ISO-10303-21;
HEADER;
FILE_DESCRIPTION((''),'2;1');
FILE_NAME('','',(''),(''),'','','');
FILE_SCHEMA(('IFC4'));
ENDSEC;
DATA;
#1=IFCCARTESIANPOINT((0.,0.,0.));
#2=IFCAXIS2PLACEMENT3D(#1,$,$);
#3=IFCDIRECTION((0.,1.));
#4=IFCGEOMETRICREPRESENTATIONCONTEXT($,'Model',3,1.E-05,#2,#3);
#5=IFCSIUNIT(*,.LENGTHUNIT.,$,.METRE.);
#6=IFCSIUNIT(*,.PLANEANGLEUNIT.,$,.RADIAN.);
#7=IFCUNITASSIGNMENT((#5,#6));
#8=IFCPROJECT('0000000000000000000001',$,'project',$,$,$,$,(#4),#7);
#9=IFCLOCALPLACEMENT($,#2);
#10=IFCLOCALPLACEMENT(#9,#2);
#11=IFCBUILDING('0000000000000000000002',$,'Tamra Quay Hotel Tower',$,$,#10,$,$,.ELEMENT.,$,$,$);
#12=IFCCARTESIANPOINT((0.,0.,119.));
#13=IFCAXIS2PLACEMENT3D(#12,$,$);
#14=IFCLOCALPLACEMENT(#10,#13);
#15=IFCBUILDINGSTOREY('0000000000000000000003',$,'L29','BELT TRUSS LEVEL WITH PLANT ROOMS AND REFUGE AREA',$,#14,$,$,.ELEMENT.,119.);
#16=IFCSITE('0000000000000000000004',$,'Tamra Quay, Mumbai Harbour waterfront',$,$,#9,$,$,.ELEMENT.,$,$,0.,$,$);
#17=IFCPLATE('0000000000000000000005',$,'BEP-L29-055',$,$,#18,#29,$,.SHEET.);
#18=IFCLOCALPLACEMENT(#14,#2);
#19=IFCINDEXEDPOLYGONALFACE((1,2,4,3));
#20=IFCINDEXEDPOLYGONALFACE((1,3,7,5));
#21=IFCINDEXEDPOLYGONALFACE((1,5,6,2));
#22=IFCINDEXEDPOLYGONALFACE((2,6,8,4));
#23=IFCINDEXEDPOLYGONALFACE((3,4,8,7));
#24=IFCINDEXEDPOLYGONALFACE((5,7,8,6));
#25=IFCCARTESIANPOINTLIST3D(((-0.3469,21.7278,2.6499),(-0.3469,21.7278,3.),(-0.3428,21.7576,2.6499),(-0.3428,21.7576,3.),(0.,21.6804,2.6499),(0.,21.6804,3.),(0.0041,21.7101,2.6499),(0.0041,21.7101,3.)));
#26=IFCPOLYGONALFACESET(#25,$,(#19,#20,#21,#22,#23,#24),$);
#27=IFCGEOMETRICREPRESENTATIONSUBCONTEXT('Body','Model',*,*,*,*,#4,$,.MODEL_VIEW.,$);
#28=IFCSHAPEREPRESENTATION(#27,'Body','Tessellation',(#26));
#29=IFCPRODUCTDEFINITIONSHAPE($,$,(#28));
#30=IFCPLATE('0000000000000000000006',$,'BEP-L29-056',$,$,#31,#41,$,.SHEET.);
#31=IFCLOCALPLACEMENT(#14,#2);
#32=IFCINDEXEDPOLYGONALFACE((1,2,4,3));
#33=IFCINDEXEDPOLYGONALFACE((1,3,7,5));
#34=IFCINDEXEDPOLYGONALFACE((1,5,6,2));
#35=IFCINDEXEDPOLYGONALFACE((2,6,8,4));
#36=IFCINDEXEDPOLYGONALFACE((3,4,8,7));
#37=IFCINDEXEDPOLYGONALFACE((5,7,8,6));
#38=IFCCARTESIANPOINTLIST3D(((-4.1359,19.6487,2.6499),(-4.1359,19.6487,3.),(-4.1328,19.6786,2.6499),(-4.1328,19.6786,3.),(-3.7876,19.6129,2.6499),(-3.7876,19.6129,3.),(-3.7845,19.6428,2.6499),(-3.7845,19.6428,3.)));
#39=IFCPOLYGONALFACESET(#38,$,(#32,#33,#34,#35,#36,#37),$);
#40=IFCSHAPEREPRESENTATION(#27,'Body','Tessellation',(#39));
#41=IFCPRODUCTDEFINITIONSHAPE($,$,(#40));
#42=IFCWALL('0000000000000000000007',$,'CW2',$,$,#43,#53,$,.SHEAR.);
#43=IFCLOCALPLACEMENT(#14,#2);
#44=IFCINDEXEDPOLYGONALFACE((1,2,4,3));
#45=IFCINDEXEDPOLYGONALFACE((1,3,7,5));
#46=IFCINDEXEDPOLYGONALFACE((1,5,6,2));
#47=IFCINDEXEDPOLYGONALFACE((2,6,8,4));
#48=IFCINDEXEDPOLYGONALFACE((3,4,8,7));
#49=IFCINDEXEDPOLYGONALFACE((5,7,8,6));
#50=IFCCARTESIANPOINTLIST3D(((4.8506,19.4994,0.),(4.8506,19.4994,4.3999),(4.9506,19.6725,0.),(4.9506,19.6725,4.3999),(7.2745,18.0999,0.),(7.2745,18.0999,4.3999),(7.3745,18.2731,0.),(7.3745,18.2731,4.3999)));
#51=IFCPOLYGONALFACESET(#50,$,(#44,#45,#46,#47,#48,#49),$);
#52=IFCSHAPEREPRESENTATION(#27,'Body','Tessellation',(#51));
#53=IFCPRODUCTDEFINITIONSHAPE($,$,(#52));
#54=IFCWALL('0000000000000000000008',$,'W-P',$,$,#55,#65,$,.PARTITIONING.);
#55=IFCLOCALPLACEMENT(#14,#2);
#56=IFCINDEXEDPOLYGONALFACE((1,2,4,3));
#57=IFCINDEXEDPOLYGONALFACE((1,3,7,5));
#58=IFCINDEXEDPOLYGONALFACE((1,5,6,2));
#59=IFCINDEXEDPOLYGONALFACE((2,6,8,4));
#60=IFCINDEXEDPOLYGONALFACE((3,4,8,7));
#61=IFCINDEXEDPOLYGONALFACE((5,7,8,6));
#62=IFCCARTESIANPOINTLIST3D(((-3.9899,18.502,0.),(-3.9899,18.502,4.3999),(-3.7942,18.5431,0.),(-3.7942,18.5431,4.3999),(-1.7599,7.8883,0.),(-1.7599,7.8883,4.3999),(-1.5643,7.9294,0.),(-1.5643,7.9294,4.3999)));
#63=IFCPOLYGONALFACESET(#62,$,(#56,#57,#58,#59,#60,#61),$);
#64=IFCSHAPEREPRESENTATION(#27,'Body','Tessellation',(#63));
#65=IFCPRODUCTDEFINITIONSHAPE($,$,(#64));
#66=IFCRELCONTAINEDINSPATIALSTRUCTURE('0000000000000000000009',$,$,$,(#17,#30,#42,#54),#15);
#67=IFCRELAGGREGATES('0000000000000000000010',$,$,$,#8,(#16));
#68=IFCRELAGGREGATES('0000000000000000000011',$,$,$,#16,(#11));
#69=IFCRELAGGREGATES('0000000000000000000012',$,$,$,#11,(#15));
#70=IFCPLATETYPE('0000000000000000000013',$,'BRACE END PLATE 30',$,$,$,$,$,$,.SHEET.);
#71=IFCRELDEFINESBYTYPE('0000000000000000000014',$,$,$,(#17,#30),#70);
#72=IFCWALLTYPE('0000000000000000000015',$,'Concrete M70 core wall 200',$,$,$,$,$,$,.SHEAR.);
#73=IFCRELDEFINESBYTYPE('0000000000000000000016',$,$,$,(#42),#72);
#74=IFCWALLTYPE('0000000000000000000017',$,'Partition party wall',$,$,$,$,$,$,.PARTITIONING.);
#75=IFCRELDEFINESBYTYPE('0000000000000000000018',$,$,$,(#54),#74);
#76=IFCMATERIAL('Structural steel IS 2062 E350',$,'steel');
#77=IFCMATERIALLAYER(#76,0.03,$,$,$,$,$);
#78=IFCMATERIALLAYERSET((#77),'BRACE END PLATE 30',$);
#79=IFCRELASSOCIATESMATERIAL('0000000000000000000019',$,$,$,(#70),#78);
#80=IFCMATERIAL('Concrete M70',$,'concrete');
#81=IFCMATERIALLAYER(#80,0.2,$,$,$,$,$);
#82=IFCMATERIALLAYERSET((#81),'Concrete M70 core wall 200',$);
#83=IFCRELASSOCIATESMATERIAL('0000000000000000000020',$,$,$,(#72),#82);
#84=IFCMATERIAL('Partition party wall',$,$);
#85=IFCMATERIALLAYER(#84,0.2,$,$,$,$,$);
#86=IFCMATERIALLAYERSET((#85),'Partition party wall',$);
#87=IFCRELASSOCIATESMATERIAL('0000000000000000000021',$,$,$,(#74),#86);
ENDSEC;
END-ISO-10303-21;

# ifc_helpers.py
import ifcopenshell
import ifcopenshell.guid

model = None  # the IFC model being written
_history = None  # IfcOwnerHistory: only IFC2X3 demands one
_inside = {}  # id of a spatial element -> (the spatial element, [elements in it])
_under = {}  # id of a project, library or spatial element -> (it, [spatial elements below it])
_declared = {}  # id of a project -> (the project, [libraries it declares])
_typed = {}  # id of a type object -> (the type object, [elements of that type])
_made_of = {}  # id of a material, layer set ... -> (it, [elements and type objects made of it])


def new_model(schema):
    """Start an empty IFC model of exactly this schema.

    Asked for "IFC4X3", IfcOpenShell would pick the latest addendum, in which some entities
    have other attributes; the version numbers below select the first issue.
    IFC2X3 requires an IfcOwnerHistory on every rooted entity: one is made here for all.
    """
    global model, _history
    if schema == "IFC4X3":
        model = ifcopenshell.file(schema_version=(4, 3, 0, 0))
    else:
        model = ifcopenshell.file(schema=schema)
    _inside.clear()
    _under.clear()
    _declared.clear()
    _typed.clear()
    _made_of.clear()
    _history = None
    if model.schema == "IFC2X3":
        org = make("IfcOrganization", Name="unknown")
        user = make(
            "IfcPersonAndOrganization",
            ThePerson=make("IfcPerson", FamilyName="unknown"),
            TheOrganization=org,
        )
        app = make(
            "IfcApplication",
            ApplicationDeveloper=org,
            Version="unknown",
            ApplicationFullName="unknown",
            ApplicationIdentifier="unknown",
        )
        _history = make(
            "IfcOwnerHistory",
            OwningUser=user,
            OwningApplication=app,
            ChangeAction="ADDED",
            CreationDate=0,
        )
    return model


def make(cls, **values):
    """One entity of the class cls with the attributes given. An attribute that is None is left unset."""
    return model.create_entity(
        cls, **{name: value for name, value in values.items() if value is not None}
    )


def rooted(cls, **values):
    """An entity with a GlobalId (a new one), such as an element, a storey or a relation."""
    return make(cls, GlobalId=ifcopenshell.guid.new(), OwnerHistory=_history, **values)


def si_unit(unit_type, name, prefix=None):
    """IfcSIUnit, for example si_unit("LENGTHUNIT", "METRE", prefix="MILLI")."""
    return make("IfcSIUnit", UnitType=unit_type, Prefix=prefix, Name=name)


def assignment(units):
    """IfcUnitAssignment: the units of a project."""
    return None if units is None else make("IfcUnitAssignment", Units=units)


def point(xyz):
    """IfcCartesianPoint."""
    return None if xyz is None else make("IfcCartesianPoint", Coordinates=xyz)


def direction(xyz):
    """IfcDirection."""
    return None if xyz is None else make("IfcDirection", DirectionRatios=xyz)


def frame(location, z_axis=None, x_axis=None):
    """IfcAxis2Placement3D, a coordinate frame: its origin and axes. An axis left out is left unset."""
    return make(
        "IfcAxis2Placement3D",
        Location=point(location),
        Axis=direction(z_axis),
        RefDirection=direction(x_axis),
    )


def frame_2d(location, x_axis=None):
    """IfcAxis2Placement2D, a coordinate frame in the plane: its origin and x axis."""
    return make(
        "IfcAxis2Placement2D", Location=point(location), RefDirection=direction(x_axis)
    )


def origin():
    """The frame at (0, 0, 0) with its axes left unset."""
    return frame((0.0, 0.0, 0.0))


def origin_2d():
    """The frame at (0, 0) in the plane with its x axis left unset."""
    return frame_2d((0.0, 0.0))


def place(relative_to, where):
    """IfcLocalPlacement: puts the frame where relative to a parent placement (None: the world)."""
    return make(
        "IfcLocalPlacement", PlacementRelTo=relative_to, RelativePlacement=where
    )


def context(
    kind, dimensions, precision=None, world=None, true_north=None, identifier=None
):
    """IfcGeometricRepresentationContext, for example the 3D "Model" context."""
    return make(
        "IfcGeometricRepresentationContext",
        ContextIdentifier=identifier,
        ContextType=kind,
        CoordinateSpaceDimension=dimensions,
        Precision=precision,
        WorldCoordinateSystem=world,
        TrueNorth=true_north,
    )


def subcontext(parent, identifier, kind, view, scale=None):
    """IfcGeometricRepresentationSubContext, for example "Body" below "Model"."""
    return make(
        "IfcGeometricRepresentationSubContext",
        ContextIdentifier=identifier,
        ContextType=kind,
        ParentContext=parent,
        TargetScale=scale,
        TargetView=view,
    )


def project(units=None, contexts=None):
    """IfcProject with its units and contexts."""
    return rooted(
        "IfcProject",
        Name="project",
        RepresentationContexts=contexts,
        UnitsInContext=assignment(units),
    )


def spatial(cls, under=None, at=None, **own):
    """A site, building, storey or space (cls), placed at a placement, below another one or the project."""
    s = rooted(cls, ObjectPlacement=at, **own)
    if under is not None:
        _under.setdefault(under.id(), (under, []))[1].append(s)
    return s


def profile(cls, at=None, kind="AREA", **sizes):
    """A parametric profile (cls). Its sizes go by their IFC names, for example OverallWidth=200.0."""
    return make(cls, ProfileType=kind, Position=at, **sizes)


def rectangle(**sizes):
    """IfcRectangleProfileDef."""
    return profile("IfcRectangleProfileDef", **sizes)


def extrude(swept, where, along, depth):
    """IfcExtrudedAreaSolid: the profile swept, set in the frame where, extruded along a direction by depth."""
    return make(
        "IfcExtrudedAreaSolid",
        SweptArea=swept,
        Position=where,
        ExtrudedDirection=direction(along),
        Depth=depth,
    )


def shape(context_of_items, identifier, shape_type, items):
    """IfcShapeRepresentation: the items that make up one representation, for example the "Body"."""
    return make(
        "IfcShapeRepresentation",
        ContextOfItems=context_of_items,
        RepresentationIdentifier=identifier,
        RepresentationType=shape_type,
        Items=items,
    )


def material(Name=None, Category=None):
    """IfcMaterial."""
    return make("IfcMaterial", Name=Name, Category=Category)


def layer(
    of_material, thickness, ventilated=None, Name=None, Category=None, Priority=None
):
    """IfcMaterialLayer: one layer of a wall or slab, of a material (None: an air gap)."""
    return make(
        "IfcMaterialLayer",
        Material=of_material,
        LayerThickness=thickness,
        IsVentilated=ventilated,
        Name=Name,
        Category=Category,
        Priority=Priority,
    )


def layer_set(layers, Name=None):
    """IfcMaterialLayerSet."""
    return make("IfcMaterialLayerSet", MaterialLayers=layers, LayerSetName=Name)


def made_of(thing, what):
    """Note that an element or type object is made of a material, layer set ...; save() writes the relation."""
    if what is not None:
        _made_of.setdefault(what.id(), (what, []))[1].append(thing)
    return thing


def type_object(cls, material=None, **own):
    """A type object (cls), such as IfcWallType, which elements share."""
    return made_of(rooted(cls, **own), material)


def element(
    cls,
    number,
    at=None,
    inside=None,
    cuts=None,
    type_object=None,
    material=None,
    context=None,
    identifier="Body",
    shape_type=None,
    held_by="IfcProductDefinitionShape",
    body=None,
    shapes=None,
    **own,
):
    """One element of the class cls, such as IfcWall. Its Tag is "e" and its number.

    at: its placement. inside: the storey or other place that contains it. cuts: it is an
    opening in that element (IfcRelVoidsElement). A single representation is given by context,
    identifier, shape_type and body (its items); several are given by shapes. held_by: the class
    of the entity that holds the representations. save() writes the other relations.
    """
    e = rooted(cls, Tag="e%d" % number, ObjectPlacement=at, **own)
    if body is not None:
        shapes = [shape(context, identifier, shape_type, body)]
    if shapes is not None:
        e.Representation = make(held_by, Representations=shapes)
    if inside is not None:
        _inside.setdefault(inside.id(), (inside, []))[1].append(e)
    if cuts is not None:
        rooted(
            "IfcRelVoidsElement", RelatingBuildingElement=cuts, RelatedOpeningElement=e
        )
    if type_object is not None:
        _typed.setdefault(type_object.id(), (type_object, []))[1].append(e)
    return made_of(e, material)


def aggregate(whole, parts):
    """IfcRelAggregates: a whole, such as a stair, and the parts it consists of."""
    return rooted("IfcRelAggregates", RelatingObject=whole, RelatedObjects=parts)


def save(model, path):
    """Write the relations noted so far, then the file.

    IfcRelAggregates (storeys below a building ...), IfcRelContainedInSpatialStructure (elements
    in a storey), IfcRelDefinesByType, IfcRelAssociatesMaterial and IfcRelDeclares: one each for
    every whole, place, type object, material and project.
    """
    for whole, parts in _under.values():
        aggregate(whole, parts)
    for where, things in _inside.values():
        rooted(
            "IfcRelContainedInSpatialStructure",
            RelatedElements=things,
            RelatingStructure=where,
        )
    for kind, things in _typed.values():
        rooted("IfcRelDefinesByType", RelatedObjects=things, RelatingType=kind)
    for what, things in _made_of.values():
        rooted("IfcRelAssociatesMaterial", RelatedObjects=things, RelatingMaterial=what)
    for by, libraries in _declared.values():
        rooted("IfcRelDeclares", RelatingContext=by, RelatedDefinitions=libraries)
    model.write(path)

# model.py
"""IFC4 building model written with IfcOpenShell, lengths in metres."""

from ifc_helpers import new_model, si_unit, direction, frame, frame_2d, origin, origin_2d, place, context, subcontext, project, spatial, rectangle, extrude, material, layer, layer_set, type_object, element, save


model = new_model("IFC4")

# Units and contexts
model_context = context("Model", 3, precision=1e-05, world=origin(), true_north=direction((0.0, 1.0)))
body_context = subcontext(model_context, "Body", "Model", "MODEL_VIEW")
ifc_project = project(units=[si_unit("LENGTHUNIT", "METRE"), si_unit("PLANEANGLEUNIT", "RADIAN")], contexts=[model_context])

# Site, building, storey
site_placement = place(None, origin())
site = spatial("IfcSite", under=ifc_project, at=site_placement, Name="Tamra Quay, Mumbai Harbour waterfront", CompositionType="ELEMENT", RefElevation=0.0)
building_placement = place(site_placement, origin())
building = spatial("IfcBuilding", under=site, at=building_placement, Name="Tamra Quay Hotel Tower", CompositionType="ELEMENT")
storey_placement = place(building_placement, frame((0.0, 0.0, 119.0)))
storey = spatial("IfcBuildingStorey", under=building, at=storey_placement, Name="L29", Description="BELT TRUSS LEVEL WITH PLANT ROOMS AND REFUGE AREA", CompositionType="ELEMENT", Elevation=119.0)

# Shared definitions
ifc_material_1 = material(Name="Structural steel IS 2062 E350", Category="steel")

# Plates
ifc_layer_1 = layer(ifc_material_1, 0.03)
ifc_layer_set_1 = layer_set([ifc_layer_1], Name="BRACE END PLATE 30")
plate_type = type_object("IfcPlateType", Name="BRACE END PLATE 30", PredefinedType="SHEET", material=ifc_layer_set_1)
for number, where, z_axis, x_axis, name in (
    (1, (-0.1714, 21.719, 2.6499), (0.0, 0.0, 1.0), (0.135551, 0.99077, 0.0), "BEP-L29-055"),
    (2, (-3.9602, 19.6458, 2.6499), (0.0, 0.0, 1.0), (0.102138, 0.99477, 0.0), "BEP-L29-056"),
):
    element("IfcPlate", number, at=place(storey_placement, frame(where, z_axis=z_axis, x_axis=x_axis)), inside=storey, type_object=plate_type, Name=name, PredefinedType="SHEET", context=body_context, shape_type="SweptSolid", body=[
        extrude(rectangle(XDim=0.03, YDim=0.3501, at=origin_2d()), origin(), (0.0, 0.0, 1.0), 0.3501),
    ])

# Walls
ifc_material_2 = material(Name="Concrete M70", Category="concrete")
ifc_layer_2 = layer(ifc_material_2, 0.2)
ifc_layer_set_2 = layer_set([ifc_layer_2], Name="Concrete M70 core wall 200")
wall_type_1 = type_object("IfcWallType", Name="Concrete M70 core wall 200", PredefinedType="SHEAR", material=ifc_layer_set_2)
wall_1_placement = place(storey_placement, frame((4.9006, 19.5859, 0.0), z_axis=(0.0, 0.0, 1.0), x_axis=(0.866023, -0.500004, 0.0)))
element("IfcWall", 3, at=wall_1_placement, inside=storey, type_object=wall_type_1, Name="CW2", PredefinedType="SHEAR", context=body_context, shape_type="SweptSolid", body=[
    extrude(rectangle(XDim=2.7988, YDim=0.2, at=frame_2d((1.3994, 0.0))), origin(), (0.0, 0.0, 1.0), 4.3999),
])
ifc_material_3 = material(Name="Partition party wall")
ifc_layer_3 = layer(ifc_material_3, 0.2)
ifc_layer_set_3 = layer_set([ifc_layer_3], Name="Partition party wall")
wall_type_2 = type_object("IfcWallType", Name="Partition party wall", PredefinedType="PARTITIONING", material=ifc_layer_set_3)
wall_2_placement = place(storey_placement, frame((-3.8921, 18.5227, 0.0), z_axis=(0.0, 0.0, 1.0), x_axis=(0.205613, -0.978633, 0.0)))
element("IfcWall", 4, at=wall_2_placement, inside=storey, type_object=wall_type_2, Name="W-P", PredefinedType="PARTITIONING", context=body_context, shape_type="SweptSolid", body=[
    extrude(rectangle(XDim=10.8455, YDim=0.2, at=frame_2d((5.4229, 0.0))), origin(), (0.0, 0.0, 1.0), 4.3999),
])

save(model, "model.ifc")
